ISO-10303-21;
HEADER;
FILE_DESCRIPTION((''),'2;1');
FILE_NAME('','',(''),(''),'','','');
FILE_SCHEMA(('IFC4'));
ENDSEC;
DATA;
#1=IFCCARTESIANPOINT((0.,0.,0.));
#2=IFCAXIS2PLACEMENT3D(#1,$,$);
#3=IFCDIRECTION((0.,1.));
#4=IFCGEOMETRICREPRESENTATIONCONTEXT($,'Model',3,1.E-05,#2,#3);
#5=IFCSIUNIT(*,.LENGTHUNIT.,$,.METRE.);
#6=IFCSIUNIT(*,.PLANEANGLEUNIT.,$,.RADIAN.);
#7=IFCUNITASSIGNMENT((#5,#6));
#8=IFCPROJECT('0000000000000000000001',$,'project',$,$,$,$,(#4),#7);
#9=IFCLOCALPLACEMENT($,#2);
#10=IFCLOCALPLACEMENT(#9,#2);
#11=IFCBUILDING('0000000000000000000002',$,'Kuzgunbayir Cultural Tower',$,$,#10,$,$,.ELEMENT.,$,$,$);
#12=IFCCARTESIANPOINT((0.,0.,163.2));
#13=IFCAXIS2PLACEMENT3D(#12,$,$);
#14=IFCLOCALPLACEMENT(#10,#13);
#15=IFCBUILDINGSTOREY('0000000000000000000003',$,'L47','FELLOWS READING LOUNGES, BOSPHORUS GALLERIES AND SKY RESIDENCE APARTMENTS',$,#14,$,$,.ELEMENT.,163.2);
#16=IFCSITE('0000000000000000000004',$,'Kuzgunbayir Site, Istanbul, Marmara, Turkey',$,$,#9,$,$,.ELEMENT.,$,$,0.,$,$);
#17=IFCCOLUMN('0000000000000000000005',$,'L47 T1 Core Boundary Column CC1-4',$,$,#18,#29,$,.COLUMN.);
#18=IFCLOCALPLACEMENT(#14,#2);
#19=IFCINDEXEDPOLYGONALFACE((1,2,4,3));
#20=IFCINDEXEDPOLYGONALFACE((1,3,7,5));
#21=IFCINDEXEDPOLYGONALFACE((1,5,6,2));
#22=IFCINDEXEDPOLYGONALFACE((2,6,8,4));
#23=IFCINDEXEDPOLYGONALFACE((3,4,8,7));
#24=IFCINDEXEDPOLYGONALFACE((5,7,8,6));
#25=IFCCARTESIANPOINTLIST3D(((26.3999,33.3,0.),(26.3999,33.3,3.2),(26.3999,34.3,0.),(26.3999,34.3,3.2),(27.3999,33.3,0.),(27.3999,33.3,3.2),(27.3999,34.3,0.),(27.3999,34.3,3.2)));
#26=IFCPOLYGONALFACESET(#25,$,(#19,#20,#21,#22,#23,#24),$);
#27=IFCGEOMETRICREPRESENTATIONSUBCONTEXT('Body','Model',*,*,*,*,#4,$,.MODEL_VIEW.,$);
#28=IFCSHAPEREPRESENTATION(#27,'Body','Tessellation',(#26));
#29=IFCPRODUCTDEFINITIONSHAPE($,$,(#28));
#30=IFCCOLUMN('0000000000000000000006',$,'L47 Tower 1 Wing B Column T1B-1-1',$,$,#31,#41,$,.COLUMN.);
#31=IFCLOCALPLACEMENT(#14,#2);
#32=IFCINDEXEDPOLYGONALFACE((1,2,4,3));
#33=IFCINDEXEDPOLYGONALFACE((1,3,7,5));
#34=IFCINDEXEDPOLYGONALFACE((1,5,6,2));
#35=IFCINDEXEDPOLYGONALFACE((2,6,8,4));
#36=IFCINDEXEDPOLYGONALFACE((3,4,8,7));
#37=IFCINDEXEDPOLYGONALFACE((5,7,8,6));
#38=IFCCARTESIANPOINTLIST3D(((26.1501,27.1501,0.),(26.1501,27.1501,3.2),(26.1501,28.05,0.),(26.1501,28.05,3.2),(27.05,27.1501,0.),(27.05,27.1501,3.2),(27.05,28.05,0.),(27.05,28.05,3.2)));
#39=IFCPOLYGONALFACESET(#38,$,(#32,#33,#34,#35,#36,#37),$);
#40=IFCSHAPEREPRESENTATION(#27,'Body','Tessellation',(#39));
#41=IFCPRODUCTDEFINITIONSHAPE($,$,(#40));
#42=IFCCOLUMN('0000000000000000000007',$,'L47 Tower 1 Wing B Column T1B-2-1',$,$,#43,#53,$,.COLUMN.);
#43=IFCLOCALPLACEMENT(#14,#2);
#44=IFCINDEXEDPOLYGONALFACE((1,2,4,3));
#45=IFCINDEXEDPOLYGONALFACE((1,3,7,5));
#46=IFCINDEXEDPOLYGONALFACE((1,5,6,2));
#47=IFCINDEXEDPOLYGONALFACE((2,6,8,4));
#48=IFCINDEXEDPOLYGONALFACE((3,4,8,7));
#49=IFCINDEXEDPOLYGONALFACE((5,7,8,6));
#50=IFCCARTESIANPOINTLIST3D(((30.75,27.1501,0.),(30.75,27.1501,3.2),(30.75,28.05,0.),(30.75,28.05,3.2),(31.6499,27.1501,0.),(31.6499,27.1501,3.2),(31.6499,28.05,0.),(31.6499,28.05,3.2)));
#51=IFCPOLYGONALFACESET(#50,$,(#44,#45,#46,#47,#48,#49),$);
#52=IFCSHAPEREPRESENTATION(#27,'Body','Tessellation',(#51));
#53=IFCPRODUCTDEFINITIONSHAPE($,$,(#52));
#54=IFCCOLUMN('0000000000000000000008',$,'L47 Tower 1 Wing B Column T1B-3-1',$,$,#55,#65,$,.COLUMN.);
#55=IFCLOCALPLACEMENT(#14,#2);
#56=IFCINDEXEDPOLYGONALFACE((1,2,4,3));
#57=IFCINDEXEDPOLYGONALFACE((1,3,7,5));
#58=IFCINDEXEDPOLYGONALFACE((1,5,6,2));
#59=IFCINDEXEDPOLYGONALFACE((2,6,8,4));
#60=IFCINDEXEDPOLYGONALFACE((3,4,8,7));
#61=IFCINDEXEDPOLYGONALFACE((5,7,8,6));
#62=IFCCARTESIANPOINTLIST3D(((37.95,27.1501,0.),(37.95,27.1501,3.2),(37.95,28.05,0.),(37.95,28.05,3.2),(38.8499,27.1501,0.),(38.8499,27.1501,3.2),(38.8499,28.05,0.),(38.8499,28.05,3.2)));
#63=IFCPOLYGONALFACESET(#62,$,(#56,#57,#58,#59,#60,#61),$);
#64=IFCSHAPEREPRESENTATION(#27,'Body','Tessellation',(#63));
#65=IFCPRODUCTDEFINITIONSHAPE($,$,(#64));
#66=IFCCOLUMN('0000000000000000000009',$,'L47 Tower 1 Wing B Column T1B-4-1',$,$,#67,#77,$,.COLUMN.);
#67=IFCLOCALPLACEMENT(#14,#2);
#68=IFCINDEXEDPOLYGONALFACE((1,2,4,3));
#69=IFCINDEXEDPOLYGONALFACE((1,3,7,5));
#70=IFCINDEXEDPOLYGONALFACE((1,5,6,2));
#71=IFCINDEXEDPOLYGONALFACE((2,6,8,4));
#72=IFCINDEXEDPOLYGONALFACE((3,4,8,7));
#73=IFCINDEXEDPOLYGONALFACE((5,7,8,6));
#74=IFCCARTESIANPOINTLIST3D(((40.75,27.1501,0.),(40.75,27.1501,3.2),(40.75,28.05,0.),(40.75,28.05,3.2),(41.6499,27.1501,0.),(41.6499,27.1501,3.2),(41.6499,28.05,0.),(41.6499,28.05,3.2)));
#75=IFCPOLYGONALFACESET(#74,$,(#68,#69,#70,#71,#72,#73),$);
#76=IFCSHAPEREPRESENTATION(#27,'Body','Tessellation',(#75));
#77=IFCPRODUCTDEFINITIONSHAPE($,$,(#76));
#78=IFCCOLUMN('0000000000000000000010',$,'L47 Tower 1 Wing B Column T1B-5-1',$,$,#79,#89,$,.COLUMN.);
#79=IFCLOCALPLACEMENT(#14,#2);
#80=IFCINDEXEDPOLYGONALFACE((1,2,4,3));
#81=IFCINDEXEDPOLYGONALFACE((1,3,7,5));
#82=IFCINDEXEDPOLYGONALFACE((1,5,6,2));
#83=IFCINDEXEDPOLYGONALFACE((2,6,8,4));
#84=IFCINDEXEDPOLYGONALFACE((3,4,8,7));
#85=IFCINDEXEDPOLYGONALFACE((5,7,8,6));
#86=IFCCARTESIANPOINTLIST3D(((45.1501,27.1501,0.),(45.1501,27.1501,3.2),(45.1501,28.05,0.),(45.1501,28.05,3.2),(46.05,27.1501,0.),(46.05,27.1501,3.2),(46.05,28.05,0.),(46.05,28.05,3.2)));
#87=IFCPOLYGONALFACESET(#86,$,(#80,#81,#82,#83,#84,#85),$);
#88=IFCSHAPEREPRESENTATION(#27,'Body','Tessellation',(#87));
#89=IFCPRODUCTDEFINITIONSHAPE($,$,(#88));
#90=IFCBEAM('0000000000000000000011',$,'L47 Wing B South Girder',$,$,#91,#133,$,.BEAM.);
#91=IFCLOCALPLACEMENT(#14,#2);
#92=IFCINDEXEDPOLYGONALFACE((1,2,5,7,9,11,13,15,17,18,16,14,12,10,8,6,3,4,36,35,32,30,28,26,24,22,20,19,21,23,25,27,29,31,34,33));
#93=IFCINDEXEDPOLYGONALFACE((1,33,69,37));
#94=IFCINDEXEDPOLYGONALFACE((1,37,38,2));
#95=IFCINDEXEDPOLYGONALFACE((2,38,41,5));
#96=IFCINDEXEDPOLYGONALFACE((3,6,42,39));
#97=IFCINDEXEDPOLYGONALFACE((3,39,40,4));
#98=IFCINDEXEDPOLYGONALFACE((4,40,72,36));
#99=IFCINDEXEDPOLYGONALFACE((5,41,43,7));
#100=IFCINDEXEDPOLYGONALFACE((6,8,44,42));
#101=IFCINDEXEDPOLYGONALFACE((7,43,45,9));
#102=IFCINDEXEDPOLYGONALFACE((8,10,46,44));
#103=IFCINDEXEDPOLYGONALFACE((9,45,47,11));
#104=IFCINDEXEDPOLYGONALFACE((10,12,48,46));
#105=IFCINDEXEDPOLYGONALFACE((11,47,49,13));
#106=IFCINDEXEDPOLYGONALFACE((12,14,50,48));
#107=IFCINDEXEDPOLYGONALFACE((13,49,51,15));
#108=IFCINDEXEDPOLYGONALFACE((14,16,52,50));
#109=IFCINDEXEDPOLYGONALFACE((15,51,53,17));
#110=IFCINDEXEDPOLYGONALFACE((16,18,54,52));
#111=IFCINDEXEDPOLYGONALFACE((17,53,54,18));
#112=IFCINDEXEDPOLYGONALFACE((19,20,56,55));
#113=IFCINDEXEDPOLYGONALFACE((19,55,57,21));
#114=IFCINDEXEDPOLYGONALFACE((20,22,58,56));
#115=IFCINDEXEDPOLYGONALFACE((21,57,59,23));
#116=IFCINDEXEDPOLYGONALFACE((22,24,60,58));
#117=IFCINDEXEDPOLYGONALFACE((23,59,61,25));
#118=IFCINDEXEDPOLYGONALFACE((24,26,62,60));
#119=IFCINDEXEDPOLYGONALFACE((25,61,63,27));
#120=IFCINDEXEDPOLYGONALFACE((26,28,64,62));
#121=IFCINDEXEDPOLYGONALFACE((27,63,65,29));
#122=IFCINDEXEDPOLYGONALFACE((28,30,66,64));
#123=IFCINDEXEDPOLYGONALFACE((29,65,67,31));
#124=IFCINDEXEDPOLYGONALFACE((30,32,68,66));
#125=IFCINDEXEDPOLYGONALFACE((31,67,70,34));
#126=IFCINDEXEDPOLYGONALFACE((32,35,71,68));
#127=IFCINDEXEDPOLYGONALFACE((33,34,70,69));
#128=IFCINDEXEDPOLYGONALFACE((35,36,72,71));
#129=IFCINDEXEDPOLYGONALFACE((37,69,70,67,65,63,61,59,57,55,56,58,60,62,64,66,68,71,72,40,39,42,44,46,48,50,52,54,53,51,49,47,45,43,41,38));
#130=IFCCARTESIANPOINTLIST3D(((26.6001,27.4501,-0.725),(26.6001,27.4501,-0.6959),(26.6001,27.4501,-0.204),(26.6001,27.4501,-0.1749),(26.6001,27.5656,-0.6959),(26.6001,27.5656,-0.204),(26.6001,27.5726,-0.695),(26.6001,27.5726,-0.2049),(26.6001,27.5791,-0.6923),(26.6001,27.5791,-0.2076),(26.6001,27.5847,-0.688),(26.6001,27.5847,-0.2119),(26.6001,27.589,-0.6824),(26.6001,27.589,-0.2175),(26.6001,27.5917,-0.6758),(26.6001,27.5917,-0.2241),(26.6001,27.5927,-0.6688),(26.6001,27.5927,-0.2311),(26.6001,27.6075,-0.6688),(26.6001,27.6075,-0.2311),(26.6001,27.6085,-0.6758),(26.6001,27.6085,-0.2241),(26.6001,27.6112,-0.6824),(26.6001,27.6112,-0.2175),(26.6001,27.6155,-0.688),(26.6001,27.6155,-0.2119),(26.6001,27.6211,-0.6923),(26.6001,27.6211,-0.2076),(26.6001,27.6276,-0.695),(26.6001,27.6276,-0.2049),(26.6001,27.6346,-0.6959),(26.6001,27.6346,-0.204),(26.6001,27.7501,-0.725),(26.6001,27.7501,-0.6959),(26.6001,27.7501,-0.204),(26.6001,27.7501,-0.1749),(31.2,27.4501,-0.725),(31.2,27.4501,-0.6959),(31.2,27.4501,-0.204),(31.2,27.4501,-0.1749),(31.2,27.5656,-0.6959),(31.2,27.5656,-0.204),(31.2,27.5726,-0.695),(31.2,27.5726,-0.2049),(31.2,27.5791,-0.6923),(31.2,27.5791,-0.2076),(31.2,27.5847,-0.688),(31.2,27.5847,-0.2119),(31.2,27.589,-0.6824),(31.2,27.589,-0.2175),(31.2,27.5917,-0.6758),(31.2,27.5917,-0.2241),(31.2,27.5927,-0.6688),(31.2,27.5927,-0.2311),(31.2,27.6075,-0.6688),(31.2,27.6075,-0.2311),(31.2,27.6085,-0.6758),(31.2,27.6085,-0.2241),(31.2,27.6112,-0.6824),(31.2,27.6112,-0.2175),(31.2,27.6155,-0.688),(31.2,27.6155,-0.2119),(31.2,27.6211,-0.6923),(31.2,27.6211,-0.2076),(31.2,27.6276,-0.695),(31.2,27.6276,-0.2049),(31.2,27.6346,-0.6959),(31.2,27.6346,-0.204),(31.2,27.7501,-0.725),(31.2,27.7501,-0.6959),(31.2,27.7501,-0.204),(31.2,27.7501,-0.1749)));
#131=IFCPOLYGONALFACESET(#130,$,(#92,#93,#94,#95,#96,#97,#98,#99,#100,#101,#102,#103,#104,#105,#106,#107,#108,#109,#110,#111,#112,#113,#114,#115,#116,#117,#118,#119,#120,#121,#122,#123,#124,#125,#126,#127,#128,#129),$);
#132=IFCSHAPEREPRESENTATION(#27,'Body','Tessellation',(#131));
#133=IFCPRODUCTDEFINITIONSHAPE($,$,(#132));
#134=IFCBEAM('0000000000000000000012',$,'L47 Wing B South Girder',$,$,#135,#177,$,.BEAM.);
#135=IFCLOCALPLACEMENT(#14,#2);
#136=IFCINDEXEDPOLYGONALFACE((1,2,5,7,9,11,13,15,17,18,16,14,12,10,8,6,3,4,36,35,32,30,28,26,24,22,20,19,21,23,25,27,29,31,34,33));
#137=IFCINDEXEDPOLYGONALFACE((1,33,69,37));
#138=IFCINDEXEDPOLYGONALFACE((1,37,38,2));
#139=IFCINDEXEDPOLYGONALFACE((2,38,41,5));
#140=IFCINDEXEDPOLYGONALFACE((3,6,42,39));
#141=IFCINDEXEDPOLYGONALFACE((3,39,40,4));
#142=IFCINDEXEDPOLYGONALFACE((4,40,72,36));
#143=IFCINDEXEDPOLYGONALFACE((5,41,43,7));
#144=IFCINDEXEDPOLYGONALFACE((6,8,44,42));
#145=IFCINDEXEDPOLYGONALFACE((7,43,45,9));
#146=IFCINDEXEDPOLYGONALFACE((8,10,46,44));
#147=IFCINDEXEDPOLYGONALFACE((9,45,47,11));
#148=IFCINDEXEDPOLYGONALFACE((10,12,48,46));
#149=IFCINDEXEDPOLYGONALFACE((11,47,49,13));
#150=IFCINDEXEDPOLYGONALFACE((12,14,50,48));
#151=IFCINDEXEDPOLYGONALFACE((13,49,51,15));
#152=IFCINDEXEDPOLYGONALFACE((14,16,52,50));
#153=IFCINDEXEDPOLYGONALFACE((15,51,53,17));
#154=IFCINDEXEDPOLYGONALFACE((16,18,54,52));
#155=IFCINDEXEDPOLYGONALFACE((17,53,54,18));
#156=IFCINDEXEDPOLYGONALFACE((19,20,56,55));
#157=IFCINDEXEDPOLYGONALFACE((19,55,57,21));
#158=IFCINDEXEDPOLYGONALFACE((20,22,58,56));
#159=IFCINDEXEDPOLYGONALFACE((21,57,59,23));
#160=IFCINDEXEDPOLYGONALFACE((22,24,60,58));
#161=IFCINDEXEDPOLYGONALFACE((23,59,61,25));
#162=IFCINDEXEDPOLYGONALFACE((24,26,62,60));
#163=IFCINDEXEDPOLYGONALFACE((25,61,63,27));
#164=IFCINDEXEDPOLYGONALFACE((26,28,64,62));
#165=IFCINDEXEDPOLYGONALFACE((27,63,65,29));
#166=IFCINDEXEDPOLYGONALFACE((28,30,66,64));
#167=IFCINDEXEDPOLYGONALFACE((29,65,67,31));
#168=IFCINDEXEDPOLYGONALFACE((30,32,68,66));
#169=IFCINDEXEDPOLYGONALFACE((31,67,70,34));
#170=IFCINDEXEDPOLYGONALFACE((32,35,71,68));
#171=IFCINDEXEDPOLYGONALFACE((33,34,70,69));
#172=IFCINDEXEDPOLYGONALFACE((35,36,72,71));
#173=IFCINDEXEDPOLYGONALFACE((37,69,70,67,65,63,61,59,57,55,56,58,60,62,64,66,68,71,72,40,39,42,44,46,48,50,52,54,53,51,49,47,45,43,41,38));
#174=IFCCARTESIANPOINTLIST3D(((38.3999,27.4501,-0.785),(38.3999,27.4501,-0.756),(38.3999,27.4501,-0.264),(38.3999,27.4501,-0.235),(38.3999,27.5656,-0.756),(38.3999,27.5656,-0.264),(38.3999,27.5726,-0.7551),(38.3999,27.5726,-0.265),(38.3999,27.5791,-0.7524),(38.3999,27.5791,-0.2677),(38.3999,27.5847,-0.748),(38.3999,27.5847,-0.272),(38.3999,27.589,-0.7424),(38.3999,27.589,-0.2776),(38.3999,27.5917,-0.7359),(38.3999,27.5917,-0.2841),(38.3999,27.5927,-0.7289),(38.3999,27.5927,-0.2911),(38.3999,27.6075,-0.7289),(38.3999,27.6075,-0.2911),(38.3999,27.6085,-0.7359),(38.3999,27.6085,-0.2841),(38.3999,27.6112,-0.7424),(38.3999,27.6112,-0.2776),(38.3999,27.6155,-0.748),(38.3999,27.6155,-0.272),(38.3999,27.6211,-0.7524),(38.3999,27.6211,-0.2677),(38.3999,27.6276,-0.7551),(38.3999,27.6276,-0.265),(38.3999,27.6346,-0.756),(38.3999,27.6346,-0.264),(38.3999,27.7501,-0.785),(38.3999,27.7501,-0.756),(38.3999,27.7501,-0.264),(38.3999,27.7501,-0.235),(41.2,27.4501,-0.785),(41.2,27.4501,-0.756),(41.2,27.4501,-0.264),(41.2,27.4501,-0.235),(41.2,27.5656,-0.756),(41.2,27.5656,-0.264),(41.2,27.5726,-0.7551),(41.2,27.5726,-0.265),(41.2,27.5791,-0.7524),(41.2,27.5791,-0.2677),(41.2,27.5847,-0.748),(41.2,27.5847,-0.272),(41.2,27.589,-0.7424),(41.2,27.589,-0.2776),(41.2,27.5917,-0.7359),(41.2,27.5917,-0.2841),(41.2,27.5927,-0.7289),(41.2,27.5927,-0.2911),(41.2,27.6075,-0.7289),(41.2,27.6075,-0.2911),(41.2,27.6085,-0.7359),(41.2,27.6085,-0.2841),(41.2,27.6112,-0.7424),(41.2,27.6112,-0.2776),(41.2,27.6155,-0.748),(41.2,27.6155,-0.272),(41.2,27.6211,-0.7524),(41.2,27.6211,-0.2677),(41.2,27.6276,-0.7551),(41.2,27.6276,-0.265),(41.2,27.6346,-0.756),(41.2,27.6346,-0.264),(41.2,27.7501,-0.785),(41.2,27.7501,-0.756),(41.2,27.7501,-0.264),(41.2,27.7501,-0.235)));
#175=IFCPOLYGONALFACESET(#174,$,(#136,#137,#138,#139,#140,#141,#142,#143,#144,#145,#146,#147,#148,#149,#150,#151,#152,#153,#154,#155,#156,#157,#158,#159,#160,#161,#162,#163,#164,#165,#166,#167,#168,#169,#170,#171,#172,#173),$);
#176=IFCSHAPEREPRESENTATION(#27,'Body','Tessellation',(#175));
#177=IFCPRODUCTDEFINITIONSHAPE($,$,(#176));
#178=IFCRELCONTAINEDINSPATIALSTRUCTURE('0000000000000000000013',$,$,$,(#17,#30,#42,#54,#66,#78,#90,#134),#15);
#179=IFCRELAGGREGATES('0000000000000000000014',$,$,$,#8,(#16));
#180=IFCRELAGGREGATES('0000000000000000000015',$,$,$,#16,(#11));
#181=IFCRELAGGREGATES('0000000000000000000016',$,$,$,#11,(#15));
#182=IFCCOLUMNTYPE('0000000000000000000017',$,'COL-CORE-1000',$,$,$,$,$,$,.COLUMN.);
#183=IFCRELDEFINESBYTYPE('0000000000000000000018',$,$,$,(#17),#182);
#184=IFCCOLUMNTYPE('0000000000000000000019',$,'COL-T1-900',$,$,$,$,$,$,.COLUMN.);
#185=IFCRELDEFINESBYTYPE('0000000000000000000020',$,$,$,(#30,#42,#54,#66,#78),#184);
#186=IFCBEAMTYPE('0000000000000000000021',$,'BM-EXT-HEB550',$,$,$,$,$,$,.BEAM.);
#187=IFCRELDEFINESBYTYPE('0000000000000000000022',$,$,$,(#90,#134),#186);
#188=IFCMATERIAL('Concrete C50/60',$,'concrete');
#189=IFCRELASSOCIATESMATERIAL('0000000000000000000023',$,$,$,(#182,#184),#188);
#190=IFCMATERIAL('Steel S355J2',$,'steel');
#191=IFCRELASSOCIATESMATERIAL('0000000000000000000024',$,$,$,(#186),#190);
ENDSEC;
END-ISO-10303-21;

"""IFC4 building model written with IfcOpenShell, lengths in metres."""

from ifc_helpers import new_model, si_unit, direction, frame, origin, origin_2d, place, context, subcontext, project, spatial, rectangle, i_section, extrude, material, material_profile, profile_set, type_object, element, save


model = new_model("IFC4")

# Units and contexts
model_context = context("Model", 3, precision=1e-05, world=origin(), true_north=direction((0.0, 1.0)))
body_context = subcontext(model_context, "Body", "Model", "MODEL_VIEW")
ifc_project = project(units=[si_unit("LENGTHUNIT", "METRE"), si_unit("PLANEANGLEUNIT", "RADIAN")], contexts=[model_context])

# Site, building, storey
site_placement = place(None, origin())
site = spatial("IfcSite", under=ifc_project, at=site_placement, Name="Kuzgunbayir Site, Istanbul, Marmara, Turkey", CompositionType="ELEMENT", RefElevation=0.0)
building_placement = place(site_placement, origin())
building = spatial("IfcBuilding", under=site, at=building_placement, Name="Kuzgunbayir Cultural Tower", CompositionType="ELEMENT")
storey_placement = place(building_placement, frame((0.0, 0.0, 163.2)))
storey = spatial("IfcBuildingStorey", under=building, at=storey_placement, Name="L47", Description="FELLOWS READING LOUNGES, BOSPHORUS GALLERIES AND SKY RESIDENCE APARTMENTS", CompositionType="ELEMENT", Elevation=163.2)

# Columns
ifc_material_1 = material(Name="Concrete C50/60", Category="concrete")
ifc_material_profile_1 = material_profile(ifc_material_1, rectangle(XDim=1.0, YDim=1.0, at=origin_2d()), Name="RC 1000x1000")
ifc_profile_set_1 = profile_set([ifc_material_profile_1], Name="Concrete C50/60")
column_type_1 = type_object("IfcColumnType", Name="COL-CORE-1000", PredefinedType="COLUMN", material=ifc_profile_set_1)
column_placement = place(storey_placement, frame((26.8999, 33.8, 0.0), z_axis=(0.0, 0.0, 1.0), x_axis=(1.0, 0.0, 0.0)))
element("IfcColumn", 1, at=column_placement, inside=storey, type_object=column_type_1, Name="L47 T1 Core Boundary Column CC1-4", PredefinedType="COLUMN", context=body_context, shape_type="SweptSolid", body=[
    extrude(rectangle(XDim=1.0, YDim=1.0, at=origin_2d()), origin(), (0.0, 0.0, 1.0), 3.2),
])
ifc_material_profile_2 = material_profile(ifc_material_1, rectangle(XDim=0.8999, YDim=0.8999, at=origin_2d()), Name="RC 900x900")
ifc_profile_set_2 = profile_set([ifc_material_profile_2], Name="Concrete C50/60")
column_type_2 = type_object("IfcColumnType", Name="COL-T1-900", PredefinedType="COLUMN", material=ifc_profile_set_2)
for number, where, z_axis, x_axis, name in (
    (2, (26.6001, 27.6001, 0.0), (0.0, 0.0, 1.0), (1.0, 0.0, 0.0), "L47 Tower 1 Wing B Column T1B-1-1"),
    (3, (31.2, 27.6001, 0.0), (0.0, 0.0, 1.0), (1.0, 0.0, 0.0), "L47 Tower 1 Wing B Column T1B-2-1"),
    (4, (38.3999, 27.6001, 0.0), (0.0, 0.0, 1.0), (1.0, 0.0, 0.0), "L47 Tower 1 Wing B Column T1B-3-1"),
    (5, (41.2, 27.6001, 0.0), (0.0, 0.0, 1.0), (1.0, 0.0, 0.0), "L47 Tower 1 Wing B Column T1B-4-1"),
    (6, (45.6001, 27.6001, 0.0), (0.0, 0.0, 1.0), (1.0, 0.0, 0.0), "L47 Tower 1 Wing B Column T1B-5-1"),
):
    element("IfcColumn", number, at=place(storey_placement, frame(where, z_axis=z_axis, x_axis=x_axis)), inside=storey, type_object=column_type_2, Name=name, PredefinedType="COLUMN", context=body_context, shape_type="SweptSolid", body=[
        extrude(rectangle(XDim=0.8999, YDim=0.8999, at=origin_2d()), origin(), (0.0, 0.0, 1.0), 3.2),
    ])

# Beams
ifc_material_2 = material(Name="Steel S355J2", Category="steel")
ifc_material_profile_3 = material_profile(ifc_material_2, i_section(OverallWidth=0.3, OverallDepth=0.55, WebThickness=0.0149, FlangeThickness=0.0291, FilletRadius=0.0271, at=origin_2d()), Name="HEB 550")
ifc_profile_set_3 = profile_set([ifc_material_profile_3], Name="Steel S355J2")
beam_type_1 = type_object("IfcBeamType", Name="BM-EXT-HEB550", PredefinedType="BEAM", material=ifc_profile_set_3)
beam_1_placement = place(storey_placement, frame((26.6001, 27.6001, -0.45), z_axis=(1.0, 0.0, 0.0), x_axis=(0.0, 1.0, 0.0)))
element("IfcBeam", 7, at=beam_1_placement, inside=storey, type_object=beam_type_1, Name="L47 Wing B South Girder", PredefinedType="BEAM", context=body_context, shape_type="SweptSolid", body=[
    extrude(i_section(OverallWidth=0.3, OverallDepth=0.55, WebThickness=0.0149, FlangeThickness=0.0291, FilletRadius=0.0271, at=origin_2d()), origin(), (0.0, 0.0, 1.0), 4.5999),
])
beam_2_placement = place(storey_placement, frame((38.3999, 27.6001, -0.51), z_axis=(1.0, 0.0, 0.0), x_axis=(0.0, 1.0, 0.0)))
element("IfcBeam", 8, at=beam_2_placement, inside=storey, type_object=beam_type_1, Name="L47 Wing B South Girder", PredefinedType="BEAM", context=body_context, shape_type="SweptSolid", body=[
    extrude(i_section(OverallWidth=0.3, OverallDepth=0.55, WebThickness=0.0149, FlangeThickness=0.0291, FilletRadius=0.0271, at=origin_2d()), origin(), (0.0, 0.0, 1.0), 2.8),
])

save(model, "model.ifc")
